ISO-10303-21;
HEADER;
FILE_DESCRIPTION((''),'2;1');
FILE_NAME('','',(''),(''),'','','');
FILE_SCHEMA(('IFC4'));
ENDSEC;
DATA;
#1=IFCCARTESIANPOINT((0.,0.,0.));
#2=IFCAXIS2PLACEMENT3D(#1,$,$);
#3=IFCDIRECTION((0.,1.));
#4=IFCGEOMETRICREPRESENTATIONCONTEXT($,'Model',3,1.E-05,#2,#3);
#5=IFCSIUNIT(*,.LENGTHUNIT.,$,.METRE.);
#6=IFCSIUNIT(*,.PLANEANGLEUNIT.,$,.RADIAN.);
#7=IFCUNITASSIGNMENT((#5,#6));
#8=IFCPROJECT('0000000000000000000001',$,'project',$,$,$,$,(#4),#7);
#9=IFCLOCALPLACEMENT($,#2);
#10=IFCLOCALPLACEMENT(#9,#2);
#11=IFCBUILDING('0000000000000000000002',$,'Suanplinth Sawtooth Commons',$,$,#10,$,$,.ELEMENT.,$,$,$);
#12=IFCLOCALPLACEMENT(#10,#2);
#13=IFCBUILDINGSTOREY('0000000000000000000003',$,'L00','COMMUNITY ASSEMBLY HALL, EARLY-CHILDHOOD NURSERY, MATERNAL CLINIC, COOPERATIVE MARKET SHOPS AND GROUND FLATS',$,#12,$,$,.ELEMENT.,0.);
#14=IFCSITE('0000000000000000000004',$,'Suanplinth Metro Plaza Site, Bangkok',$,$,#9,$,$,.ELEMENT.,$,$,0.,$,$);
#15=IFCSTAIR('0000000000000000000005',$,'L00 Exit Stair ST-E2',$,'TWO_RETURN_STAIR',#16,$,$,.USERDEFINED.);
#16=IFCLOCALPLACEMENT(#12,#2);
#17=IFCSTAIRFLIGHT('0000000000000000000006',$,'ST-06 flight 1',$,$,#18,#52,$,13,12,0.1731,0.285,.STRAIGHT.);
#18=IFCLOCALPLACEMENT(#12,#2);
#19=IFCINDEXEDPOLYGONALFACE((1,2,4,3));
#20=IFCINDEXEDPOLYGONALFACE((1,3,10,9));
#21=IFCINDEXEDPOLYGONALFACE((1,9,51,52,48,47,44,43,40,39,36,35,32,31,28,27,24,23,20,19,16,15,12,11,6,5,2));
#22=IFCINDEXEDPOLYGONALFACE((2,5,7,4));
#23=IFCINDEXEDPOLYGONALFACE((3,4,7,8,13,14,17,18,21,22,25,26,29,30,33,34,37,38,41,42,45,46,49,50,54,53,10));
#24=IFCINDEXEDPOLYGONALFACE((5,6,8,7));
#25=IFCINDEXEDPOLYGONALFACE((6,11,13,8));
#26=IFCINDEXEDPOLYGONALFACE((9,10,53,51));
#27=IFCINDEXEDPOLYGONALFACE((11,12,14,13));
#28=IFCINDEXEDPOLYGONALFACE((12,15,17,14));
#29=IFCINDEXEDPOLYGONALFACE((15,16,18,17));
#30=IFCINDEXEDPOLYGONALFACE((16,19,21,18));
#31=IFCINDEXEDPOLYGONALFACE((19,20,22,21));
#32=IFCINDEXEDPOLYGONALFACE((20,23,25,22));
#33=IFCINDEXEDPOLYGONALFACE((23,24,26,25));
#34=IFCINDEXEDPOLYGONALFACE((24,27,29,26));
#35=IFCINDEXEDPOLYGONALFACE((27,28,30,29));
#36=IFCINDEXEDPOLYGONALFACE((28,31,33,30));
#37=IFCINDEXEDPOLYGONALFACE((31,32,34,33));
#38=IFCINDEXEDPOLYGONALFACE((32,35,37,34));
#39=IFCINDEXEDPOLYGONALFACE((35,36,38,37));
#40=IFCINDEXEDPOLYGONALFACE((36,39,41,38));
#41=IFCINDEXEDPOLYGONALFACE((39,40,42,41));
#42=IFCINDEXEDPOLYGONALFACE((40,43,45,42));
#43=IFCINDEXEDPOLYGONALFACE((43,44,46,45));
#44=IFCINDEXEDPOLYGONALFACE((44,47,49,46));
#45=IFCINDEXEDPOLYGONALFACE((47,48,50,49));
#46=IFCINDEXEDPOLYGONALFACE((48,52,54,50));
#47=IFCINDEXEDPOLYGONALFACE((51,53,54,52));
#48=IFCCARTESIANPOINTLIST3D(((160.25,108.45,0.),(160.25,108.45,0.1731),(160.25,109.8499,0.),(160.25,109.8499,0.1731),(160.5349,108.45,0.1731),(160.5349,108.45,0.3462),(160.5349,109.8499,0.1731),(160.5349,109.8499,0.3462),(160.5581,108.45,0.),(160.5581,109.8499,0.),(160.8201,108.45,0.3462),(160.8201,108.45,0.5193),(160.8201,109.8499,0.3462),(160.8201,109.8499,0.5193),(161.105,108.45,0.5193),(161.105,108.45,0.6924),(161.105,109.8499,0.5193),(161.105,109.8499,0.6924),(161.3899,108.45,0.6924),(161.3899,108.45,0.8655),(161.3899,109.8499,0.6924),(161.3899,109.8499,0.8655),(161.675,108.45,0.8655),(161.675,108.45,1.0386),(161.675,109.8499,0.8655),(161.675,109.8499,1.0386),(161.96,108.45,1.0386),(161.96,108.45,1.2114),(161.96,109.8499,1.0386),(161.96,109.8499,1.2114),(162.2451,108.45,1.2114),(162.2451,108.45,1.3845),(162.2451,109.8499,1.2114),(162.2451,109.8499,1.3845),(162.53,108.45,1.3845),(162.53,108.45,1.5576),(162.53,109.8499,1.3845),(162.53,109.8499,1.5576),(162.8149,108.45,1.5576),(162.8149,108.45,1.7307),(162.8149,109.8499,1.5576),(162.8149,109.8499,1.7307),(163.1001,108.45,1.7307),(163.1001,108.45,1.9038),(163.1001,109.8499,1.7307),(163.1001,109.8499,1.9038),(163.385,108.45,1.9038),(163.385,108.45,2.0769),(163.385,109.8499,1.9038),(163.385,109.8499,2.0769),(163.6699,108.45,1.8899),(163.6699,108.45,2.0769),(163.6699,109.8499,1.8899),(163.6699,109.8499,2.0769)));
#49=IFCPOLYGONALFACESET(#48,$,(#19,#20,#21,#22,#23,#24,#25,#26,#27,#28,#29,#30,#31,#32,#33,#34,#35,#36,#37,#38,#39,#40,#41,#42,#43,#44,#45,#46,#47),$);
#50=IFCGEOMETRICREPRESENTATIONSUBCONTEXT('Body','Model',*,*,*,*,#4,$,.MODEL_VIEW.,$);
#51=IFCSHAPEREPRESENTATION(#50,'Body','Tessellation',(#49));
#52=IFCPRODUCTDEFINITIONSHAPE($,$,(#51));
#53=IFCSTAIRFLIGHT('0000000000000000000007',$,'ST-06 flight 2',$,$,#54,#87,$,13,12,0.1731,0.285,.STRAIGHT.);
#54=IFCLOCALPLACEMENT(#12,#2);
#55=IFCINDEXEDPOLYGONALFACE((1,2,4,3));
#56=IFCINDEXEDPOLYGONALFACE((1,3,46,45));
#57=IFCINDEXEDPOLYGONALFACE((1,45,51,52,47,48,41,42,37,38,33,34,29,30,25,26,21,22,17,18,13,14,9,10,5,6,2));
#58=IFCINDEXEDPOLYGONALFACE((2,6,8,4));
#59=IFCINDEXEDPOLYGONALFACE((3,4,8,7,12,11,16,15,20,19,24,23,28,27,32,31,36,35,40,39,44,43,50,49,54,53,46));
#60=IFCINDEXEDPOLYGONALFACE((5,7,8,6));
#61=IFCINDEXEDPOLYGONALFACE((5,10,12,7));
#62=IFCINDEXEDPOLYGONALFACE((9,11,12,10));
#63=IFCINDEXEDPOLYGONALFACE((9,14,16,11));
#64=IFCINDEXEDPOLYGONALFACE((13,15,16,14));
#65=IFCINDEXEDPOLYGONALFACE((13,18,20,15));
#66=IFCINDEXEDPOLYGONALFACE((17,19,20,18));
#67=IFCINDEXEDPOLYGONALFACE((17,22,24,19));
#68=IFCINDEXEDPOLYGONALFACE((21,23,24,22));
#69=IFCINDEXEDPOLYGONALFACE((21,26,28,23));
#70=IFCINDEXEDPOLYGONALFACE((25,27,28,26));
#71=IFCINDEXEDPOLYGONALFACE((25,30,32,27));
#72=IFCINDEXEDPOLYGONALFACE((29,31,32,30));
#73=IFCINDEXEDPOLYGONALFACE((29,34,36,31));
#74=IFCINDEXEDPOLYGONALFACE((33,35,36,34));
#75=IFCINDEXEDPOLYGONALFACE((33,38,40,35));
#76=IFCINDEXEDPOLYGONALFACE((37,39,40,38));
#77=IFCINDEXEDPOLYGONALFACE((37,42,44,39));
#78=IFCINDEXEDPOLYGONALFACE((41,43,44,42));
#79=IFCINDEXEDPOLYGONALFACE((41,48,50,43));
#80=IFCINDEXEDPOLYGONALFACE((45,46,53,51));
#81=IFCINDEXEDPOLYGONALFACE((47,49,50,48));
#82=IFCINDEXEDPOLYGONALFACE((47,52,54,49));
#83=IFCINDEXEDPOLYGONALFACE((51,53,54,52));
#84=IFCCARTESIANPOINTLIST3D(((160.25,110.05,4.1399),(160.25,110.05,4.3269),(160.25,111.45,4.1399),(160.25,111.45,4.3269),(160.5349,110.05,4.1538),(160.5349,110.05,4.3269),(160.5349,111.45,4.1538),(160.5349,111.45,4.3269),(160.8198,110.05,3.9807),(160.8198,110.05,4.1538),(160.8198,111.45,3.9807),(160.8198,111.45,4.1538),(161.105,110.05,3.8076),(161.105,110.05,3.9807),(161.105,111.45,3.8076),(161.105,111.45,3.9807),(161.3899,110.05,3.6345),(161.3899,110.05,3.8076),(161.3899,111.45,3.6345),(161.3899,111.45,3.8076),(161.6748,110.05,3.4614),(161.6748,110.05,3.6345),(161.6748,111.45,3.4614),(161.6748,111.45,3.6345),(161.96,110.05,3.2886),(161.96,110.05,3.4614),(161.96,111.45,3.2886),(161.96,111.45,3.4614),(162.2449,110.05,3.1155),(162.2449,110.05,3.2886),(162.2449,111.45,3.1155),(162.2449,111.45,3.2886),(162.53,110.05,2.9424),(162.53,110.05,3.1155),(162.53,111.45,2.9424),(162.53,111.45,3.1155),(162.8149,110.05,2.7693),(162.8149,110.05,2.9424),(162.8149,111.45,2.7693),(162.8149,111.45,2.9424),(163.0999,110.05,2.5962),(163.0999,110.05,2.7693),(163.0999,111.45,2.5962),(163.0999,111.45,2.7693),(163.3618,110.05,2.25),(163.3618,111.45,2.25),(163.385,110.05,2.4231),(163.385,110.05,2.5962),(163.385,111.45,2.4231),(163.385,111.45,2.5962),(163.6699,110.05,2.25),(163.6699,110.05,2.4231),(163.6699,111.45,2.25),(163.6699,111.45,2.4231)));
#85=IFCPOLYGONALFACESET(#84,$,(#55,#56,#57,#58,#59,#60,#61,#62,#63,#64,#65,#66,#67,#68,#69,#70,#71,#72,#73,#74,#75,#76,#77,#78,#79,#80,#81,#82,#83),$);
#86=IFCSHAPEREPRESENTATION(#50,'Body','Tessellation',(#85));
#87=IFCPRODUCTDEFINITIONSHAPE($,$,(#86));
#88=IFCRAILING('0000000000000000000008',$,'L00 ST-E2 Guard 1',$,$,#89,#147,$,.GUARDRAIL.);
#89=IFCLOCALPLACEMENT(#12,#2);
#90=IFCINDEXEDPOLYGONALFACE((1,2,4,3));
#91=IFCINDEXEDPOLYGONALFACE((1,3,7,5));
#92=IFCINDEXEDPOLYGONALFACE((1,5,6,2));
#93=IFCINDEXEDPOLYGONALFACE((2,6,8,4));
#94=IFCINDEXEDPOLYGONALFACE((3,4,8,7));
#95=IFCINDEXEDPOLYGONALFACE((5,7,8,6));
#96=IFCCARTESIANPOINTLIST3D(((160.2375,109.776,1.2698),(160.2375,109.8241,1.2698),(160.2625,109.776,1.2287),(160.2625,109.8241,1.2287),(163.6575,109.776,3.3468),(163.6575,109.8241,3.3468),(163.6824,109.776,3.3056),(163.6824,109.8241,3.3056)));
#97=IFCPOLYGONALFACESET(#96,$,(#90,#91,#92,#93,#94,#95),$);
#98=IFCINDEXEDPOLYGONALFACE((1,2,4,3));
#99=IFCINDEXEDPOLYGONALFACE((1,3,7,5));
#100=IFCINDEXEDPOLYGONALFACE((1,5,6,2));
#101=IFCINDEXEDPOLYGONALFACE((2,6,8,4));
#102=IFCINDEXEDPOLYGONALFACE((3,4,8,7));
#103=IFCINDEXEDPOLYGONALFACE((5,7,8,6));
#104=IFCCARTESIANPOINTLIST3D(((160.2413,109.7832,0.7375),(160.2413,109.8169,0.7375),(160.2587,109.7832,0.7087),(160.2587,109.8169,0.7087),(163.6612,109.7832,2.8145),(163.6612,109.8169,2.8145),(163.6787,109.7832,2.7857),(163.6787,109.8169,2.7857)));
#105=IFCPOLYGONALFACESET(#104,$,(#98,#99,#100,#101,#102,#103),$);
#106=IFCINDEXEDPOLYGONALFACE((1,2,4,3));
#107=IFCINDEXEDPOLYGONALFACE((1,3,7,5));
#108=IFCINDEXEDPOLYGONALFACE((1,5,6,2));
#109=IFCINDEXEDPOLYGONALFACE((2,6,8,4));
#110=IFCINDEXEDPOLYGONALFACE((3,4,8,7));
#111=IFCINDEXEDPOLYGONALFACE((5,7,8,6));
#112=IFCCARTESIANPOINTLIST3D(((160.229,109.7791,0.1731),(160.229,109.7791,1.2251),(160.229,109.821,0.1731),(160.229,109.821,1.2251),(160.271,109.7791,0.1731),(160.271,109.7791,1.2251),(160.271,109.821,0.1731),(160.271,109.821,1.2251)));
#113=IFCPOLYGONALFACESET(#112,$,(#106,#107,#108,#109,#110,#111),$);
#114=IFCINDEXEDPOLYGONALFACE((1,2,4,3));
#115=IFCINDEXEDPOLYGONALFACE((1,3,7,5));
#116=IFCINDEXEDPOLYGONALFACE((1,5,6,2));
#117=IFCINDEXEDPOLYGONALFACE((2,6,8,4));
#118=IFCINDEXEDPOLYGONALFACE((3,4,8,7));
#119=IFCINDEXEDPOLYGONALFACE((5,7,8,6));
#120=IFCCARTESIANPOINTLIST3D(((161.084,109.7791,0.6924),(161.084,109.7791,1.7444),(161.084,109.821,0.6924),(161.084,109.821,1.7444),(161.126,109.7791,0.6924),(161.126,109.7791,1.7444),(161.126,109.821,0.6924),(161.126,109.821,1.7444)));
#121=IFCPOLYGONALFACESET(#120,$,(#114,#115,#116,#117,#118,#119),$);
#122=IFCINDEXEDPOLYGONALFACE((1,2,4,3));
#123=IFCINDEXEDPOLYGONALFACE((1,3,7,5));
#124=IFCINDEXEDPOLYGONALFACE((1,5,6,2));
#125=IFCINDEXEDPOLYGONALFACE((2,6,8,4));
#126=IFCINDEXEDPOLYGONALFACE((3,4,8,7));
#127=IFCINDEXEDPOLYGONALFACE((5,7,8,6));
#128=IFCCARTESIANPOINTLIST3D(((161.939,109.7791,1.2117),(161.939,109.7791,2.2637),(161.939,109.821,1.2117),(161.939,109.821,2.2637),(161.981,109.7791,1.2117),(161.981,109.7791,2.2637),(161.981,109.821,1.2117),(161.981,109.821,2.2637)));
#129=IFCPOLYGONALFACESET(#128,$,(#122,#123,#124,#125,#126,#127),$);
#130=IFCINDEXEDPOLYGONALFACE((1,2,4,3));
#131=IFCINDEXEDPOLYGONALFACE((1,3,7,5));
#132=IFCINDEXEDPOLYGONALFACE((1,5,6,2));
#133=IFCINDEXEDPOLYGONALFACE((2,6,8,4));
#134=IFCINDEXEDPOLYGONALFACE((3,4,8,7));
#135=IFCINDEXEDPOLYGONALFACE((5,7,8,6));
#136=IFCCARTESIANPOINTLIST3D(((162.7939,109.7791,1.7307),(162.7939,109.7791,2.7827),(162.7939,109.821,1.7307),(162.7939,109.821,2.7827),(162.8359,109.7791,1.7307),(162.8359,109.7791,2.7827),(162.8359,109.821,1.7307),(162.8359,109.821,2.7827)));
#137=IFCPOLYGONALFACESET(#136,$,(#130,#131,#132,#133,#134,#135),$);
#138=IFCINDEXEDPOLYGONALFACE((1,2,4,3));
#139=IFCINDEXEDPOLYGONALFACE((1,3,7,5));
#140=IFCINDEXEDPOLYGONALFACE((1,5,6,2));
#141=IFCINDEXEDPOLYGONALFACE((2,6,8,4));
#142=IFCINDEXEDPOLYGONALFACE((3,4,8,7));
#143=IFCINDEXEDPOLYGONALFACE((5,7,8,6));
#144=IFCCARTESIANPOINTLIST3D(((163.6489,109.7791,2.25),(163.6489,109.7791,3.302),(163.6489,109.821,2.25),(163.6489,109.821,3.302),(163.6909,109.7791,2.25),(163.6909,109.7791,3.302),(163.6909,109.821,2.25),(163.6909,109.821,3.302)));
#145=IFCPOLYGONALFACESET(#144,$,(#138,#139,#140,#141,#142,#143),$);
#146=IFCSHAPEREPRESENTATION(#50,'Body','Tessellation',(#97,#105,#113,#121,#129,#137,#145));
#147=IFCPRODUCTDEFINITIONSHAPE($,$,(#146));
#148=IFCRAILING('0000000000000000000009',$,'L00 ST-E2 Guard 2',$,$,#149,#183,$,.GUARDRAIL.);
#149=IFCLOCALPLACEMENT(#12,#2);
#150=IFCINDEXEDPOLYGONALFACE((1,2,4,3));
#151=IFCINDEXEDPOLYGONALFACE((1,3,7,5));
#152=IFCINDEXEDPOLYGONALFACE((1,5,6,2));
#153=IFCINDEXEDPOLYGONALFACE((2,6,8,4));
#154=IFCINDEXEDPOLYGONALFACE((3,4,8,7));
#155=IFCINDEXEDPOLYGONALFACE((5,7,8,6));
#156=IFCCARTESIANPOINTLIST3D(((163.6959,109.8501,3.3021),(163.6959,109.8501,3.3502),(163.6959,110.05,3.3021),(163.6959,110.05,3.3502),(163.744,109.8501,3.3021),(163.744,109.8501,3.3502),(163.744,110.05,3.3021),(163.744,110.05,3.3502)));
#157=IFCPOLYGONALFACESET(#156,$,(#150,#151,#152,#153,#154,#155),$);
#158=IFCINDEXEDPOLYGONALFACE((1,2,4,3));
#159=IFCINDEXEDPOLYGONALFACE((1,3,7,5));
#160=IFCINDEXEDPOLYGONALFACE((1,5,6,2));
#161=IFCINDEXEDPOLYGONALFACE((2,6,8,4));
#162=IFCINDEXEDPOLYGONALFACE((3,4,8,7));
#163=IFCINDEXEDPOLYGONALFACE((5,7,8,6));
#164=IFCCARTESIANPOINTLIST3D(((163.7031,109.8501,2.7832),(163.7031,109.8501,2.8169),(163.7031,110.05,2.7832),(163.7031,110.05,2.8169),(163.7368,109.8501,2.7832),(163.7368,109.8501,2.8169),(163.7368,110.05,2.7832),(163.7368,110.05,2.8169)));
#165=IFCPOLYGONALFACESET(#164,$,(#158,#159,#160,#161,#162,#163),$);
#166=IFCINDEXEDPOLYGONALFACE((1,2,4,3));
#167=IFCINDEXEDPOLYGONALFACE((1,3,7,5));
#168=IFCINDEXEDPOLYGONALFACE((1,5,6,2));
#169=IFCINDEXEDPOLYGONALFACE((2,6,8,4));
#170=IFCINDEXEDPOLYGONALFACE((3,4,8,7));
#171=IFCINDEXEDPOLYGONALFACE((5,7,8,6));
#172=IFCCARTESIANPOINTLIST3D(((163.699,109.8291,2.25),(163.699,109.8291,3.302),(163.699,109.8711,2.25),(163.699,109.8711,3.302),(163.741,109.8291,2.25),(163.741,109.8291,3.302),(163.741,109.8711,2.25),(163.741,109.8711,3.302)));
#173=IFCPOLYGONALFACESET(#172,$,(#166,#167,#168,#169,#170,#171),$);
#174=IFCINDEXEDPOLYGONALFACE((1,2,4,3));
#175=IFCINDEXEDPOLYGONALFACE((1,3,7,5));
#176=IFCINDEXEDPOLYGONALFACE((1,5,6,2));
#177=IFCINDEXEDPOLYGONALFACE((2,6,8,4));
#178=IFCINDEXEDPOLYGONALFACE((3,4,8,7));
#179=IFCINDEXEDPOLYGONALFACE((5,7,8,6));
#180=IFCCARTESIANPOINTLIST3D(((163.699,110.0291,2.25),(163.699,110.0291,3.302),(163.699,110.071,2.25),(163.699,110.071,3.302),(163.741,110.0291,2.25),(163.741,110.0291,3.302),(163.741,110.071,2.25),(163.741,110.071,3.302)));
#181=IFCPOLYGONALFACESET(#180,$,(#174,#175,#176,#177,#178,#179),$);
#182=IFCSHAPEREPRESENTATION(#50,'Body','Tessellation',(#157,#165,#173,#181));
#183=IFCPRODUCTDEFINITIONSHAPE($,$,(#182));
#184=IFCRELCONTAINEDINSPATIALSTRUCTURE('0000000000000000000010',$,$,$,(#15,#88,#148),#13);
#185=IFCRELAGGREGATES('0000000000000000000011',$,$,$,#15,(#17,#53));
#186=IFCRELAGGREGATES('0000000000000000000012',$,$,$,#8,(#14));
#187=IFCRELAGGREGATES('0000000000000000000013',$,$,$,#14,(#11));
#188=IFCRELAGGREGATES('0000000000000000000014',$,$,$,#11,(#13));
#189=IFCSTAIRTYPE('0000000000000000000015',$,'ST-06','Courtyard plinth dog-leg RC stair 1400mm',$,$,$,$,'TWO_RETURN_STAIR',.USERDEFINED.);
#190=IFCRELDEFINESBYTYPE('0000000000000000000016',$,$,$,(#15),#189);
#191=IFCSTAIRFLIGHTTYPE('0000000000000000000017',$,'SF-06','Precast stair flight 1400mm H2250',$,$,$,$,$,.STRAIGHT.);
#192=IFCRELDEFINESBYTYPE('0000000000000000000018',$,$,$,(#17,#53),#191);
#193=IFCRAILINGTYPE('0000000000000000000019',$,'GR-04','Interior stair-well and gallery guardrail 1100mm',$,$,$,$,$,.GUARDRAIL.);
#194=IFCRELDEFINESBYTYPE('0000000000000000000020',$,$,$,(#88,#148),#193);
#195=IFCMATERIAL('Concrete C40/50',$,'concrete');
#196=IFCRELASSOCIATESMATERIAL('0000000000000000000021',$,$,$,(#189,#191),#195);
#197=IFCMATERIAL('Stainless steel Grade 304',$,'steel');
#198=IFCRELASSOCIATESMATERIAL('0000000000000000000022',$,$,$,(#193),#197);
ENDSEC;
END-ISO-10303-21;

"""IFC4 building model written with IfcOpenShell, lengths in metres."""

from ifc_helpers import new_model, si_unit, direction, frame, origin, origin_2d, place, context, subcontext, project, spatial, polyline, rectangle, outline, extrude, material, type_object, element, aggregate, save


model = new_model("IFC4")

# Units and contexts
model_context = context("Model", 3, precision=1e-05, world=origin(), true_north=direction((0.0, 1.0)))
body_context = subcontext(model_context, "Body", "Model", "MODEL_VIEW")
ifc_project = project(units=[si_unit("LENGTHUNIT", "METRE"), si_unit("PLANEANGLEUNIT", "RADIAN")], contexts=[model_context])

# Site, building, storey
site_placement = place(None, origin())
site = spatial("IfcSite", under=ifc_project, at=site_placement, Name="Suanplinth Metro Plaza Site, Bangkok", CompositionType="ELEMENT", RefElevation=0.0)
building_placement = place(site_placement, origin())
building = spatial("IfcBuilding", under=site, at=building_placement, Name="Suanplinth Sawtooth Commons", CompositionType="ELEMENT")
storey_placement = place(building_placement, origin())
storey = spatial("IfcBuildingStorey", under=building, at=storey_placement, Name="L00", Description="COMMUNITY ASSEMBLY HALL, EARLY-CHILDHOOD NURSERY, MATERNAL CLINIC, COOPERATIVE MARKET SHOPS AND GROUND FLATS", CompositionType="ELEMENT", Elevation=0.0)

# Shared definitions
ifc_material_1 = material(Name="Concrete C40/50", Category="concrete")

# Shared definitions
ifc_material_2 = material(Name="Stainless steel Grade 304", Category="steel")

# Stair, stair flights
stair_type = type_object("IfcStairType", Name="ST-06", Description="Courtyard plinth dog-leg RC stair 1400mm", ElementType="TWO_RETURN_STAIR", PredefinedType="USERDEFINED", material=ifc_material_1)
stair_placement = place(storey_placement, origin())
stair = element("IfcStair", 1, at=stair_placement, inside=storey, type_object=stair_type, Name="L00 Exit Stair ST-E2", ObjectType="TWO_RETURN_STAIR", PredefinedType="USERDEFINED")
stair_flight_type = type_object("IfcStairFlightType", Name="SF-06", Description="Precast stair flight 1400mm H2250", PredefinedType="STRAIGHT", material=ifc_material_1)
stair_flight_1_placement = place(storey_placement, frame((160.25, 109.1499, 0.0), z_axis=(0.0, 0.0, 1.0), x_axis=(1.0, 0.0, 0.0)))
stair_flight_1 = element("IfcStairFlight", 2, at=stair_flight_1_placement, type_object=stair_flight_type, Name="ST-06 flight 1", NumberOfRisers=13, NumberOfTreads=12, PredefinedType="STRAIGHT", RiserHeight=0.1731, TreadLength=0.285, context=body_context, shape_type="SweptSolid", body=[
    extrude(outline(polyline([(0.0, 0.0), (0.0, 0.1731), (0.2849, 0.1731), (0.2849, 0.3462), (0.5701, 0.3462), (0.5701, 0.5193), (0.855, 0.5193), (0.855, 0.6924), (1.1399, 0.6924), (1.1399, 0.8655), (1.425, 0.8655), (1.425, 1.0386), (1.71, 1.0386), (1.71, 1.2114), (1.9951, 1.2114), (1.9951, 1.3845), (2.28, 1.3845), (2.28, 1.5576), (2.5649, 1.5576), (2.5649, 1.7307), (2.8501, 1.7307), (2.8501, 1.9038), (3.135, 1.9038), (3.135, 2.0769), (3.4199, 2.0769), (3.4199, 2.25), (3.4199, 1.8899), (0.3081, 0.0), (0.0, 0.0)])), frame((0.0, 0.7, 0.0), z_axis=(0.0, -1.0, 0.0), x_axis=(1.0, 0.0, 0.0)), (0.0, 0.0, 1.0), 1.3999),
])
stair_flight_2_placement = place(storey_placement, frame((163.6699, 110.75, 2.25), z_axis=(0.0, 0.0, 1.0), x_axis=(-1.0, 0.0, 0.0)))
stair_flight_2 = element("IfcStairFlight", 3, at=stair_flight_2_placement, type_object=stair_flight_type, Name="ST-06 flight 2", NumberOfRisers=13, NumberOfTreads=12, PredefinedType="STRAIGHT", RiserHeight=0.1731, TreadLength=0.285, context=body_context, shape_type="SweptSolid", body=[
    extrude(outline(polyline([(0.0, 0.0), (0.0, 0.1731), (0.2849, 0.1731), (0.2849, 0.3462), (0.5701, 0.3462), (0.5701, 0.5193), (0.855, 0.5193), (0.855, 0.6924), (1.1399, 0.6924), (1.1399, 0.8655), (1.425, 0.8655), (1.425, 1.0386), (1.71, 1.0386), (1.71, 1.2114), (1.9951, 1.2114), (1.9951, 1.3845), (2.28, 1.3845), (2.28, 1.5576), (2.5649, 1.5576), (2.5649, 1.7307), (2.8501, 1.7307), (2.8501, 1.9038), (3.135, 1.9038), (3.135, 2.0769), (3.4199, 2.0769), (3.4199, 2.25), (3.4199, 1.8899), (0.3081, 0.0), (0.0, 0.0)])), frame((0.0, 0.7, 0.0), z_axis=(0.0, -1.0, 0.0), x_axis=(1.0, 0.0, 0.0)), (0.0, 0.0, 1.0), 1.3999),
])
aggregate(stair, [stair_flight_1, stair_flight_2])

# Railings
railing_type_1 = type_object("IfcRailingType", Name="GR-04", Description="Interior stair-well and gallery guardrail 1100mm", PredefinedType="GUARDRAIL", material=ifc_material_2)
railing_1_placement = place(storey_placement, frame((160.25, 109.8, 0.1731)))
element("IfcRailing", 4, at=railing_1_placement, inside=storey, type_object=railing_type_1, Name="L00 ST-E2 Guard 1", PredefinedType="GUARDRAIL", context=body_context, shape_type="SweptSolid", body=[
    extrude(rectangle(XDim=0.0481, YDim=0.0481, at=origin_2d()), frame((0.0, 0.0, 1.0762), z_axis=(0.85473, 0.0, 0.519074), x_axis=(0.0, 1.0, 0.0)), (0.0, 0.0, 1.0), 4.0012),
    extrude(rectangle(XDim=0.0337, YDim=0.0337, at=origin_2d()), frame((0.0, 0.0, 0.55), z_axis=(0.85473, 0.0, 0.519074), x_axis=(0.0, 1.0, 0.0)), (0.0, 0.0, 1.0), 4.0012),
    extrude(rectangle(XDim=0.042, YDim=0.042, at=origin_2d()), origin(), (0.0, 0.0, 1.0), 1.052),
    extrude(rectangle(XDim=0.042, YDim=0.042, at=origin_2d()), frame((0.855, 0.0, 0.5193)), (0.0, 0.0, 1.0), 1.052),
    extrude(rectangle(XDim=0.042, YDim=0.042, at=origin_2d()), frame((1.71, 0.0, 1.0386)), (0.0, 0.0, 1.0), 1.052),
    extrude(rectangle(XDim=0.042, YDim=0.042, at=origin_2d()), frame((2.5649, 0.0, 1.5576)), (0.0, 0.0, 1.0), 1.052),
    extrude(rectangle(XDim=0.042, YDim=0.042, at=origin_2d()), frame((3.4199, 0.0, 2.0769)), (0.0, 0.0, 1.0), 1.052),
])
railing_2_placement = place(storey_placement, frame((163.72, 109.8501, 2.25)))
element("IfcRailing", 5, at=railing_2_placement, inside=storey, type_object=railing_type_1, Name="L00 ST-E2 Guard 2", PredefinedType="GUARDRAIL", context=body_context, shape_type="SweptSolid", body=[
    extrude(rectangle(XDim=0.0481, YDim=0.0481, at=origin_2d()), frame((0.0, 0.0, 1.0762), z_axis=(0.0, 1.0, 0.0), x_axis=(-1.0, 0.0, 0.0)), (0.0, 0.0, 1.0), 0.2),
    extrude(rectangle(XDim=0.0337, YDim=0.0337, at=origin_2d()), frame((0.0, 0.0, 0.55), z_axis=(0.0, 1.0, 0.0), x_axis=(-1.0, 0.0, 0.0)), (0.0, 0.0, 1.0), 0.2),
    extrude(rectangle(XDim=0.042, YDim=0.042, at=origin_2d()), origin(), (0.0, 0.0, 1.0), 1.052),
    extrude(rectangle(XDim=0.042, YDim=0.042, at=origin_2d()), frame((0.0, 0.2, 0.0)), (0.0, 0.0, 1.0), 1.052),
])

save(model, "model.ifc")
